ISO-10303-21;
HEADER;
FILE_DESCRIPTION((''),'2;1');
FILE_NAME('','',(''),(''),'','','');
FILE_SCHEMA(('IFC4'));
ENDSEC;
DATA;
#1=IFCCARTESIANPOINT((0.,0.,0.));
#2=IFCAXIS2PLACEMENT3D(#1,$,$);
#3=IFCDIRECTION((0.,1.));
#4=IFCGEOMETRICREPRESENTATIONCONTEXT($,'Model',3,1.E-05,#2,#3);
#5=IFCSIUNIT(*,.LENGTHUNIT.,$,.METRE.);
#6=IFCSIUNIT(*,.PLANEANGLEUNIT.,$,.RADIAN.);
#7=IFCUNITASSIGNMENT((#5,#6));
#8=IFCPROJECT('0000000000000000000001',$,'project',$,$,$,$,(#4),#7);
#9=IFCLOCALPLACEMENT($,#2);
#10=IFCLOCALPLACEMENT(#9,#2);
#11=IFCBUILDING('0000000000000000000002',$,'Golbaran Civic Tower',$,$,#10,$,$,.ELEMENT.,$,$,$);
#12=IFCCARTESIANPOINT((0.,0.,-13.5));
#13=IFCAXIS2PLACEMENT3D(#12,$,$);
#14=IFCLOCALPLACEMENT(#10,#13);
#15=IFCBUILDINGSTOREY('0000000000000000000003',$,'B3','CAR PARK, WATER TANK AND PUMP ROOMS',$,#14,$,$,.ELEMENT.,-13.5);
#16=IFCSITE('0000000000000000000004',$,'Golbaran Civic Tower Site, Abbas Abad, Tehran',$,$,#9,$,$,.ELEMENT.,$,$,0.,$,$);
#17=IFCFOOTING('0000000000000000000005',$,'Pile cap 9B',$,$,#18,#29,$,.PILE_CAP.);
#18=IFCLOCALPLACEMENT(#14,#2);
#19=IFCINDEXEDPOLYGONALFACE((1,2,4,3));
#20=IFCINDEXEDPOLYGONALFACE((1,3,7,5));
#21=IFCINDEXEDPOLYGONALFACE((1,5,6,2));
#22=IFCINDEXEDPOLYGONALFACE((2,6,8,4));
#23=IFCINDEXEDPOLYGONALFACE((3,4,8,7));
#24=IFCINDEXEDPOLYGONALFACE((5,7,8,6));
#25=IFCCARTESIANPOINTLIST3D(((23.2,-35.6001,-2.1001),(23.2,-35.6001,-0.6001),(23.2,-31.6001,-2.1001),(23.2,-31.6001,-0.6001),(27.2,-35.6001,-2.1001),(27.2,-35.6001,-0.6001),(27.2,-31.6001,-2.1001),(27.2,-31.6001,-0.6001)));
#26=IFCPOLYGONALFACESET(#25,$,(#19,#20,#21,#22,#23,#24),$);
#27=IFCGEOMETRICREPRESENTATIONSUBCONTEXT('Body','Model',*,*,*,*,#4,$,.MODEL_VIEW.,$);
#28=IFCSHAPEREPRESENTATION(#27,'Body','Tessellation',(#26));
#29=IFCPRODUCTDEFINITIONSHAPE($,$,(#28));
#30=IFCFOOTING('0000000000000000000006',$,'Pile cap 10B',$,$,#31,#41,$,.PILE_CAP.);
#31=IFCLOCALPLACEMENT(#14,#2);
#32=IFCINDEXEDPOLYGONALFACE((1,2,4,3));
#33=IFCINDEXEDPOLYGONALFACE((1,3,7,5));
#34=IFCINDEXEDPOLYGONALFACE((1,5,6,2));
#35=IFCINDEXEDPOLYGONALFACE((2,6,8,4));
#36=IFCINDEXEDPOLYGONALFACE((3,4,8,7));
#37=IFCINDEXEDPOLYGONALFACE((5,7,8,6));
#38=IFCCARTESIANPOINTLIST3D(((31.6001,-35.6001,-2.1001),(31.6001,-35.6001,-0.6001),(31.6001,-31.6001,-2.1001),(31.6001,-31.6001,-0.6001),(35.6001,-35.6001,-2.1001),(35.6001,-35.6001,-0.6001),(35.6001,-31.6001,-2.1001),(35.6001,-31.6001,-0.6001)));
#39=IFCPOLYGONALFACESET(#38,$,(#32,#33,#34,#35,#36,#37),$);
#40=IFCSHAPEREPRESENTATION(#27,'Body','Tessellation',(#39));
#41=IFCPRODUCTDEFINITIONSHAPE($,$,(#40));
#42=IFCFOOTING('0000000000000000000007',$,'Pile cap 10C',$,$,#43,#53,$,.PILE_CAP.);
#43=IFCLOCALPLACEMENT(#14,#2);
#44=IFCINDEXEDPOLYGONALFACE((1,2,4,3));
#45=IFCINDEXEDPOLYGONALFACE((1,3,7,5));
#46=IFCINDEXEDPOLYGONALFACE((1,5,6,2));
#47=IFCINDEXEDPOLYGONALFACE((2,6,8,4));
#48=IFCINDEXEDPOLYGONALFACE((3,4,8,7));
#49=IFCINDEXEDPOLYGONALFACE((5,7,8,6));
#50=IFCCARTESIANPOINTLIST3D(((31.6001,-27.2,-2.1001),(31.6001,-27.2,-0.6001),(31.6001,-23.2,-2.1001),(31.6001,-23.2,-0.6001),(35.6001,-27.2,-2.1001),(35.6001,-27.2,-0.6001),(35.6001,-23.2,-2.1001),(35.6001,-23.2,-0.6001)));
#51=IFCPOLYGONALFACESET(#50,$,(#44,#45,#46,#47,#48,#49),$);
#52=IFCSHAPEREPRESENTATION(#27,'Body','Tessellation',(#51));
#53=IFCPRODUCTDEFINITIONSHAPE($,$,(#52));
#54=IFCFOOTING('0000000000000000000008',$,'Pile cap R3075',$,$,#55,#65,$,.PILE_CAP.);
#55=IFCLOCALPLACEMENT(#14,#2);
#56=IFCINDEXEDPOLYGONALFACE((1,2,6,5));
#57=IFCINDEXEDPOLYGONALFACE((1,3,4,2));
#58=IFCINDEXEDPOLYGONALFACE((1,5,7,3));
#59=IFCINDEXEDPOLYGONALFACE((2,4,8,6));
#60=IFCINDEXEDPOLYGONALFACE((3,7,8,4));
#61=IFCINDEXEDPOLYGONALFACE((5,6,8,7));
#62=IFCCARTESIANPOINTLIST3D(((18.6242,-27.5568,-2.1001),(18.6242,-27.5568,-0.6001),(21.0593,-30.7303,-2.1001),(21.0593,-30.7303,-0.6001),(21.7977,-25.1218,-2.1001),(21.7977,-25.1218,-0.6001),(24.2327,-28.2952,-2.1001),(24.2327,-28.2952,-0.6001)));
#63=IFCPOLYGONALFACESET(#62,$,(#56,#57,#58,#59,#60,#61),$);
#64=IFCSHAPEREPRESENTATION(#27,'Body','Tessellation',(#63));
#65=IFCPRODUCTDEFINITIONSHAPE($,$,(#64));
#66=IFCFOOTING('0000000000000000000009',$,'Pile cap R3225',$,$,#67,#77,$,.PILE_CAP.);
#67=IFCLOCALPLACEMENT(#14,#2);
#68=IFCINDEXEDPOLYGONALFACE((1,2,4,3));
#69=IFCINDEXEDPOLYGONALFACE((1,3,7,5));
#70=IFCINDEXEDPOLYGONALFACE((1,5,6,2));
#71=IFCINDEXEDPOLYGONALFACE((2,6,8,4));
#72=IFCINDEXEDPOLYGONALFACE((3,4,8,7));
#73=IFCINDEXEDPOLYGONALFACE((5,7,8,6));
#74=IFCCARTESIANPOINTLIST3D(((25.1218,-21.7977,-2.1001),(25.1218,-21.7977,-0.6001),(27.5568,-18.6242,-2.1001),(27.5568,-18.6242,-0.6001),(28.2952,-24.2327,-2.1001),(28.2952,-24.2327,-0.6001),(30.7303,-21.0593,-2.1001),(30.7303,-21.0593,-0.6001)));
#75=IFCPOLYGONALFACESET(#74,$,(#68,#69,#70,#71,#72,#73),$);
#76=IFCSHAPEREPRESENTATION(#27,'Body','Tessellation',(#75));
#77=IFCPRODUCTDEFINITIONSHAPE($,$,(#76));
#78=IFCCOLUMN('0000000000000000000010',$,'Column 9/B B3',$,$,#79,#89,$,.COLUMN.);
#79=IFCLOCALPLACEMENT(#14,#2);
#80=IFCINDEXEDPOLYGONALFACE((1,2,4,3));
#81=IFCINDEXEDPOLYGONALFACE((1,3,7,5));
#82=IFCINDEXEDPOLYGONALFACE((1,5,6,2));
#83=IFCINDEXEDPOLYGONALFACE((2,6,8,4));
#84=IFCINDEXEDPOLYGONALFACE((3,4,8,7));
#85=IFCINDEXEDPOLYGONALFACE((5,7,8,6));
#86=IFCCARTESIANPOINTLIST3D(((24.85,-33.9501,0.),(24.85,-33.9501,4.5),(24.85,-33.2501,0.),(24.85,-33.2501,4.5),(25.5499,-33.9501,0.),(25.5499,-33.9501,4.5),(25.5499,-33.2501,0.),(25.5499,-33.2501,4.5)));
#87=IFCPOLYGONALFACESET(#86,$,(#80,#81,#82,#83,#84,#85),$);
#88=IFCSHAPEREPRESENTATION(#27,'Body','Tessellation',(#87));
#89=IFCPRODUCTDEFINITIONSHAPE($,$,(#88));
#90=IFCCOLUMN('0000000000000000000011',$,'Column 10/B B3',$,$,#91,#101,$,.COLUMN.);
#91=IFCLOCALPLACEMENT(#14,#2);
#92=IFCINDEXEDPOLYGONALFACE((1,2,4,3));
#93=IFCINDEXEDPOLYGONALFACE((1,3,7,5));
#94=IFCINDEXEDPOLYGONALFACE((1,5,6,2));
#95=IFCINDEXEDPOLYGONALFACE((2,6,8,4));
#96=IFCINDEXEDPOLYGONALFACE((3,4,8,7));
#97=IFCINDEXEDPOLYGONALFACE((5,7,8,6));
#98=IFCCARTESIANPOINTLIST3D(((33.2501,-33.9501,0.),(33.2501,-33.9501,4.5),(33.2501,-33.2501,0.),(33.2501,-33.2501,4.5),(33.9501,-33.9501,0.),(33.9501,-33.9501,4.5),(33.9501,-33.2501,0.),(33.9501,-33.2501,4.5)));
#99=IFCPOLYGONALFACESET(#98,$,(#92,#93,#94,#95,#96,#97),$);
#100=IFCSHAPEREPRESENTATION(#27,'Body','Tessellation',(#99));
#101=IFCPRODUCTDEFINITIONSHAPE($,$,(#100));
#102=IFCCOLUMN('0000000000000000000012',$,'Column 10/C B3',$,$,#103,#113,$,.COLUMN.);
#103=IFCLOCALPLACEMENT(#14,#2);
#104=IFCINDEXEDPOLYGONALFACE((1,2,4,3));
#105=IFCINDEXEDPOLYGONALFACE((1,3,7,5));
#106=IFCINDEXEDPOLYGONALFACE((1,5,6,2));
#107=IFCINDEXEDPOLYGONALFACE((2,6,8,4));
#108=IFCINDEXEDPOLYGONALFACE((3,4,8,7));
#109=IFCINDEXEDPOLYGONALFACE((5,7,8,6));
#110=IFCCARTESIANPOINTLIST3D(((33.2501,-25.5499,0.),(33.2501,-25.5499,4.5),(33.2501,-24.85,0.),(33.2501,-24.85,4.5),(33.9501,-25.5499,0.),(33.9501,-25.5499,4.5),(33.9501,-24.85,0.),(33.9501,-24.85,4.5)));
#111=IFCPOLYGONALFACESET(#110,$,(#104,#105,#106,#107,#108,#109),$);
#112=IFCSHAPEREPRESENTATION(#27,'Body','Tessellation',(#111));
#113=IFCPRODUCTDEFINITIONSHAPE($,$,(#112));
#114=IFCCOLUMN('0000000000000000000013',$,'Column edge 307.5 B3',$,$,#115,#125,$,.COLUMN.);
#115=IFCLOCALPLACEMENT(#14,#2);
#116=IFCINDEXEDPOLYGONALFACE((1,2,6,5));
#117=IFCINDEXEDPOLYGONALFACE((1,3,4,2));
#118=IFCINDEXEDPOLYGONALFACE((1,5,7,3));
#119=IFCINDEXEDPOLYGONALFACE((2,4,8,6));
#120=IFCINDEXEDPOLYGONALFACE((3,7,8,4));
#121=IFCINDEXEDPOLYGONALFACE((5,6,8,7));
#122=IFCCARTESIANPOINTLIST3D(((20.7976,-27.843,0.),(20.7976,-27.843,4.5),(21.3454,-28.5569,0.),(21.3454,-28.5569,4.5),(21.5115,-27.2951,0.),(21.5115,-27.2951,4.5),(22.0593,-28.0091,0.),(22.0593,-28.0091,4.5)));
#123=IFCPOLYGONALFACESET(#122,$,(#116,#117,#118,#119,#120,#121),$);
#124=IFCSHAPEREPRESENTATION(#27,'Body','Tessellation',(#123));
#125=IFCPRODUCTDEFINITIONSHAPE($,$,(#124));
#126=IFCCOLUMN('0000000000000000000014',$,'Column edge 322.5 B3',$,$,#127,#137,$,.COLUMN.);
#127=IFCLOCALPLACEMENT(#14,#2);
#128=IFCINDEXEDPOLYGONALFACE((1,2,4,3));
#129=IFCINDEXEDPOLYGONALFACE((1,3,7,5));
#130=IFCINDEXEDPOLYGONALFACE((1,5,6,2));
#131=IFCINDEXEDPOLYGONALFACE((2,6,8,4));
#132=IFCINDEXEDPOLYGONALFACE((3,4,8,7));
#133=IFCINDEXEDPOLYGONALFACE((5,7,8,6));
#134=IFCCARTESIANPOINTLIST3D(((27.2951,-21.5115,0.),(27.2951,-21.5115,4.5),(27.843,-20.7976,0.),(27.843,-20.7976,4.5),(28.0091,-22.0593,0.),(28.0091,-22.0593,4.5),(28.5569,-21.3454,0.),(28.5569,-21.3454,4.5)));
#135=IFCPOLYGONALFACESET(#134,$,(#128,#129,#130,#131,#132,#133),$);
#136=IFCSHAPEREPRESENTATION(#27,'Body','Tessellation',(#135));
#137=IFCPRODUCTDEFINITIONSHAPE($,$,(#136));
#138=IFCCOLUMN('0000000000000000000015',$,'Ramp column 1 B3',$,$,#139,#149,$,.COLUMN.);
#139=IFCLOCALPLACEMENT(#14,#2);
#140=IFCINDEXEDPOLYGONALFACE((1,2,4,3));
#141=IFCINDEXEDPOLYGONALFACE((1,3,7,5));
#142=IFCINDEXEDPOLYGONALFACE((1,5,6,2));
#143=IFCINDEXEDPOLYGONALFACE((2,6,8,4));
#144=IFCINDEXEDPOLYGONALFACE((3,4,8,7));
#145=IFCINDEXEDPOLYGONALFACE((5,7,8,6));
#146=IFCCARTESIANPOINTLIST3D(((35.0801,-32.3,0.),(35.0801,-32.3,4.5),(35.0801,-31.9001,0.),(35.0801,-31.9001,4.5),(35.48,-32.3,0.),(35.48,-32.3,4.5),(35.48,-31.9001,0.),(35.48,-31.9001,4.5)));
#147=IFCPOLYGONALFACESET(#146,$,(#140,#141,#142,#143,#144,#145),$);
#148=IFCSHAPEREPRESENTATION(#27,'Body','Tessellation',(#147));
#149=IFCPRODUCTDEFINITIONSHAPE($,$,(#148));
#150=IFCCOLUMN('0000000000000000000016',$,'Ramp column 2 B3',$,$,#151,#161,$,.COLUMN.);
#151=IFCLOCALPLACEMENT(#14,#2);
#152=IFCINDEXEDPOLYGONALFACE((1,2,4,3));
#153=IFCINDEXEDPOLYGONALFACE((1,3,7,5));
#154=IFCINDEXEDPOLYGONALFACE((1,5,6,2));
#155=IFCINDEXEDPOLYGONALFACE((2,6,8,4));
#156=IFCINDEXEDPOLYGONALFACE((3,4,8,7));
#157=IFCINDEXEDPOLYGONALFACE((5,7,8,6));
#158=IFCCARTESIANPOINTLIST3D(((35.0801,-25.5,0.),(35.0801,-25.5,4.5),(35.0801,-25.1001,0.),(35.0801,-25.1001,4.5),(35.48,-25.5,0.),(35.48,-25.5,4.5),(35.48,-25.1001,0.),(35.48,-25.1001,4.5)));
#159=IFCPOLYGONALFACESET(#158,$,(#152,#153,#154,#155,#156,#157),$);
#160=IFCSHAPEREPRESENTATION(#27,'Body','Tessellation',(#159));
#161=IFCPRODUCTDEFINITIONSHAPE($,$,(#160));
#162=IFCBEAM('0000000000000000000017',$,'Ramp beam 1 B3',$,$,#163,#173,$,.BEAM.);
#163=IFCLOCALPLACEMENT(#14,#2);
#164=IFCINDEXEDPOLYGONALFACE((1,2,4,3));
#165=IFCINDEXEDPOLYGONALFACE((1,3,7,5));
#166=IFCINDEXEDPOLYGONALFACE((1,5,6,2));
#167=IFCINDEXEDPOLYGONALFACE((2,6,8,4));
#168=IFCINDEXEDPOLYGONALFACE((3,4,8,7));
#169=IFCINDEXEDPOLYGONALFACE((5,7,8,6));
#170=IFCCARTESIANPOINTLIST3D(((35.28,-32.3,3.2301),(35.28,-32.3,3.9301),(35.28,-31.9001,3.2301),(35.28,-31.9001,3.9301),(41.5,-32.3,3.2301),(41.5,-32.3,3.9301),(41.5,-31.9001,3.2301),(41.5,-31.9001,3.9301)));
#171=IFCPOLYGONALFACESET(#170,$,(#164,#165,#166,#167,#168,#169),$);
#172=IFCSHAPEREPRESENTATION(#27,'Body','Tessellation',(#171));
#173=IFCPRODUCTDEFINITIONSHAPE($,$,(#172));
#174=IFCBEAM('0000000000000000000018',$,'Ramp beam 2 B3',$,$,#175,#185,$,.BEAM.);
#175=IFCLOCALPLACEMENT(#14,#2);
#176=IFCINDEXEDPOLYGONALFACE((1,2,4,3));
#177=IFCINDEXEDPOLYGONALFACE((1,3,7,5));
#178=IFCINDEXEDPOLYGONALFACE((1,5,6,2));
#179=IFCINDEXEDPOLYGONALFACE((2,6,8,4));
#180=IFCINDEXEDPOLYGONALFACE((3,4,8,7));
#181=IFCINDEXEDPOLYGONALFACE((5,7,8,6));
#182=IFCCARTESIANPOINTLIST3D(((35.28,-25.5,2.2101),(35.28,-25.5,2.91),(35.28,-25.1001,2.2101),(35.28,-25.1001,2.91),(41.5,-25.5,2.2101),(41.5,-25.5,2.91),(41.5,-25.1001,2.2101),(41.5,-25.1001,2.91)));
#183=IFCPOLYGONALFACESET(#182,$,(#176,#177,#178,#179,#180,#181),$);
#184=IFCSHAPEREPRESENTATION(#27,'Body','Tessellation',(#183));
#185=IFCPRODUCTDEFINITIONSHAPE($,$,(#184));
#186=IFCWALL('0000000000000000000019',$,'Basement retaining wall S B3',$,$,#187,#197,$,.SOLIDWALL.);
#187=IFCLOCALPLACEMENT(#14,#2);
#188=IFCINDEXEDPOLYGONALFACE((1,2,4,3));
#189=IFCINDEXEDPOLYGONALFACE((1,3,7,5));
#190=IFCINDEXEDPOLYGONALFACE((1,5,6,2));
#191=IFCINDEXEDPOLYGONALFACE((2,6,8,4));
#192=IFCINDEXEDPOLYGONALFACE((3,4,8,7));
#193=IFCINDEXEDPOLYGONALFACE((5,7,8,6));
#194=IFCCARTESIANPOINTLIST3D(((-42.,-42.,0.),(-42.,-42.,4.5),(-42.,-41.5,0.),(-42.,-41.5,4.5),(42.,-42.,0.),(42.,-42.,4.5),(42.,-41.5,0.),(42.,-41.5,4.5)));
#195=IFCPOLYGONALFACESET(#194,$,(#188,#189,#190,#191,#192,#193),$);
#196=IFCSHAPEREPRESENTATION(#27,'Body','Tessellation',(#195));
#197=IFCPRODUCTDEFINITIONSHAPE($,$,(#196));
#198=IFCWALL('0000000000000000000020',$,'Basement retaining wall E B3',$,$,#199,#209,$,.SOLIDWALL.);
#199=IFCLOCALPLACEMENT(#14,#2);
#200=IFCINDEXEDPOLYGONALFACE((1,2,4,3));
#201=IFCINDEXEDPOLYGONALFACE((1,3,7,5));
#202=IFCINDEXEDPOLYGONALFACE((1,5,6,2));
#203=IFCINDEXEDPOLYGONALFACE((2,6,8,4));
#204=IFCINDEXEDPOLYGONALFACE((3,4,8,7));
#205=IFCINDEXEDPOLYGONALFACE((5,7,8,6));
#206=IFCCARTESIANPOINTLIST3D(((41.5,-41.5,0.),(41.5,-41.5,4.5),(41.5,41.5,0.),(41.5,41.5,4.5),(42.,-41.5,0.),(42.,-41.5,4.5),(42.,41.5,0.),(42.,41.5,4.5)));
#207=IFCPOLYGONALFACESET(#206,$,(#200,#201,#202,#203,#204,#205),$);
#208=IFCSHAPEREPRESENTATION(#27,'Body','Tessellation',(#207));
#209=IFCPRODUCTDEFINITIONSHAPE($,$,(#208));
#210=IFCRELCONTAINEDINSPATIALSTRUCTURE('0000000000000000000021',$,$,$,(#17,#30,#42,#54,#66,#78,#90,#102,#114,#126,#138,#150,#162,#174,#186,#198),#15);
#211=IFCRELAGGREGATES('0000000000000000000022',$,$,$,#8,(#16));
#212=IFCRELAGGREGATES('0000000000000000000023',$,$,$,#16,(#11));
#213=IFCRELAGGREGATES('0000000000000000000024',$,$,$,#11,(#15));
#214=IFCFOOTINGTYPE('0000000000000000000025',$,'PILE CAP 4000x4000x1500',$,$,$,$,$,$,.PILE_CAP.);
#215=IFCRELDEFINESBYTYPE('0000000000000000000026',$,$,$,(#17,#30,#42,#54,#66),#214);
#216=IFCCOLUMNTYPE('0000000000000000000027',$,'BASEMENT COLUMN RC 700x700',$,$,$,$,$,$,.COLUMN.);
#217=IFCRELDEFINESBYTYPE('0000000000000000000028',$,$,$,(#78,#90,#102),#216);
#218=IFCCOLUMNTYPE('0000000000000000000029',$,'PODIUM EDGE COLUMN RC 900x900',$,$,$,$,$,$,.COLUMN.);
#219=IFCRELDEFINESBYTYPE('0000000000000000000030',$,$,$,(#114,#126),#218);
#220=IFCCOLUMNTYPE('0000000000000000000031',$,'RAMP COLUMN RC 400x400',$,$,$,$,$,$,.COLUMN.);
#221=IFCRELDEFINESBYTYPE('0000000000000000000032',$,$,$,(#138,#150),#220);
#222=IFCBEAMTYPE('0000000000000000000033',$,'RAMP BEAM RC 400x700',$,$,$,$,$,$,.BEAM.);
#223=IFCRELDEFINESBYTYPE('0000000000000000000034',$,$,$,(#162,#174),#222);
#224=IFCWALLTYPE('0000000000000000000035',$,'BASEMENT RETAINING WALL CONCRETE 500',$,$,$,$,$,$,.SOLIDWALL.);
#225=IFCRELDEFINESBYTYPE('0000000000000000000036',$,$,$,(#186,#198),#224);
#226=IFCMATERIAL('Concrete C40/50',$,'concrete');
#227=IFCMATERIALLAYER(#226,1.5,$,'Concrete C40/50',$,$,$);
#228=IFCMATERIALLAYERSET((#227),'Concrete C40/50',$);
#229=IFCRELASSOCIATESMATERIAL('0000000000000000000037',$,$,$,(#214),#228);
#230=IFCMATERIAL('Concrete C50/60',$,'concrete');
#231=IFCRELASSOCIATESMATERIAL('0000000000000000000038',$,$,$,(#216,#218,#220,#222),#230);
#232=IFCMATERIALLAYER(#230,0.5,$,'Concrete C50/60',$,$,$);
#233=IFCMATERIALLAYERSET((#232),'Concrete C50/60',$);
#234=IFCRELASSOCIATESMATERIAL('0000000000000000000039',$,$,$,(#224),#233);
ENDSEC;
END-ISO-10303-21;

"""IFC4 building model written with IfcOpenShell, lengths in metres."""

from ifc_helpers import new_model, si_unit, direction, frame, frame_2d, origin, origin_2d, place, context, subcontext, project, spatial, rectangle, extrude, material, layer, layer_set, material_profile, profile_set, type_object, element, save


model = new_model("IFC4")

# Units and contexts
model_context = context("Model", 3, precision=1e-05, world=origin(), true_north=direction((0.0, 1.0)))
body_context = subcontext(model_context, "Body", "Model", "MODEL_VIEW")
ifc_project = project(units=[si_unit("LENGTHUNIT", "METRE"), si_unit("PLANEANGLEUNIT", "RADIAN")], contexts=[model_context])

# Site, building, storey
site_placement = place(None, origin())
site = spatial("IfcSite", under=ifc_project, at=site_placement, Name="Golbaran Civic Tower Site, Abbas Abad, Tehran", CompositionType="ELEMENT", RefElevation=0.0)
building_placement = place(site_placement, origin())
building = spatial("IfcBuilding", under=site, at=building_placement, Name="Golbaran Civic Tower", CompositionType="ELEMENT")
storey_placement = place(building_placement, frame((0.0, 0.0, -13.5)))
storey = spatial("IfcBuildingStorey", under=building, at=storey_placement, Name="B3", Description="CAR PARK, WATER TANK AND PUMP ROOMS", CompositionType="ELEMENT", Elevation=-13.5)

# Footings
ifc_material_1 = material(Name="Concrete C40/50", Category="concrete")
ifc_layer_1 = layer(ifc_material_1, 1.5, Name="Concrete C40/50")
ifc_layer_set_1 = layer_set([ifc_layer_1], Name="Concrete C40/50")
footing_type = type_object("IfcFootingType", Name="PILE CAP 4000x4000x1500", PredefinedType="PILE_CAP", material=ifc_layer_set_1)
for number, where, z_axis, x_axis, name in (
    (1, (25.2, -33.6001, -2.1001), (0.0, 0.0, 1.0), (1.0, 0.0, 0.0), "Pile cap 9B"),
    (2, (33.6001, -33.6001, -2.1001), (0.0, 0.0, 1.0), (1.0, 0.0, 0.0), "Pile cap 10B"),
    (3, (33.6001, -25.2, -2.1001), (0.0, 0.0, 1.0), (1.0, 0.0, 0.0), "Pile cap 10C"),
    (4, (21.4285, -27.926, -2.1001), (0.0, 0.0, 1.0), (0.608761, -0.793353, 0.0), "Pile cap R3075"),
    (5, (27.926, -21.4285, -2.1001), (0.0, 0.0, 1.0), (0.793353, -0.608761, 0.0), "Pile cap R3225"),
):
    element("IfcFooting", number, at=place(storey_placement, frame(where, z_axis=z_axis, x_axis=x_axis)), inside=storey, type_object=footing_type, Name=name, PredefinedType="PILE_CAP", context=body_context, shape_type="SweptSolid", body=[
        extrude(rectangle(XDim=4.0, YDim=4.0, at=origin_2d()), origin(), (0.0, 0.0, 1.0), 1.5),
    ])

# Columns
ifc_material_2 = material(Name="Concrete C50/60", Category="concrete")
ifc_material_profile_1 = material_profile(ifc_material_2, rectangle(XDim=0.7, YDim=0.7, at=origin_2d()), Name="RC 700x700")
ifc_profile_set_1 = profile_set([ifc_material_profile_1], Name="Concrete C50/60")
column_type_1 = type_object("IfcColumnType", Name="BASEMENT COLUMN RC 700x700", PredefinedType="COLUMN", material=ifc_profile_set_1)
for number, where, z_axis, x_axis, name in (
    (6, (25.2, -33.6001, 0.0), (0.0, 0.0, 1.0), (1.0, 0.0, 0.0), "Column 9/B B3"),
    (7, (33.6001, -33.6001, 0.0), (0.0, 0.0, 1.0), (1.0, 0.0, 0.0), "Column 10/B B3"),
    (8, (33.6001, -25.2, 0.0), (0.0, 0.0, 1.0), (1.0, 0.0, 0.0), "Column 10/C B3"),
):
    element("IfcColumn", number, at=place(storey_placement, frame(where, z_axis=z_axis, x_axis=x_axis)), inside=storey, type_object=column_type_1, Name=name, PredefinedType="COLUMN", context=body_context, shape_type="SweptSolid", body=[
        extrude(rectangle(XDim=0.7, YDim=0.7, at=origin_2d()), origin(), (0.0, 0.0, 1.0), 4.5),
    ])
ifc_material_profile_2 = material_profile(ifc_material_2, rectangle(XDim=0.8999, YDim=0.8999, at=origin_2d()), Name="RC 900x900")
ifc_profile_set_2 = profile_set([ifc_material_profile_2], Name="Concrete C50/60")
column_type_2 = type_object("IfcColumnType", Name="PODIUM EDGE COLUMN RC 900x900", PredefinedType="COLUMN", material=ifc_profile_set_2)
for number, where, z_axis, x_axis, name in (
    (9, (21.4285, -27.926, 0.0), (0.0, 0.0, 1.0), (0.608761, -0.793353, 0.0), "Column edge 307.5 B3"),
    (10, (27.926, -21.4285, 0.0), (0.0, 0.0, 1.0), (0.793353, -0.608761, 0.0), "Column edge 322.5 B3"),
):
    element("IfcColumn", number, at=place(storey_placement, frame(where, z_axis=z_axis, x_axis=x_axis)), inside=storey, type_object=column_type_2, Name=name, PredefinedType="COLUMN", context=body_context, shape_type="SweptSolid", body=[
        extrude(rectangle(XDim=0.8999, YDim=0.8999, at=origin_2d()), origin(), (0.0, 0.0, 1.0), 4.5),
    ])
ifc_material_profile_3 = material_profile(ifc_material_2, rectangle(XDim=0.3999, YDim=0.3999, at=origin_2d()), Name="RC 400x400")
ifc_profile_set_3 = profile_set([ifc_material_profile_3], Name="Concrete C50/60")
column_type_3 = type_object("IfcColumnType", Name="RAMP COLUMN RC 400x400", PredefinedType="COLUMN", material=ifc_profile_set_3)
for number, where, z_axis, x_axis, name in (
    (11, (35.28, -32.1001, 0.0), (0.0, 0.0, 1.0), (1.0, 0.0, 0.0), "Ramp column 1 B3"),
    (12, (35.28, -25.3, 0.0), (0.0, 0.0, 1.0), (1.0, 0.0, 0.0), "Ramp column 2 B3"),
):
    element("IfcColumn", number, at=place(storey_placement, frame(where, z_axis=z_axis, x_axis=x_axis)), inside=storey, type_object=column_type_3, Name=name, PredefinedType="COLUMN", context=body_context, shape_type="SweptSolid", body=[
        extrude(rectangle(XDim=0.3999, YDim=0.3999, at=origin_2d()), origin(), (0.0, 0.0, 1.0), 4.5),
    ])

# Beams
ifc_material_profile_4 = material_profile(ifc_material_2, rectangle(XDim=0.3999, YDim=0.7, at=origin_2d()), Name="RC 400x700")
ifc_profile_set_4 = profile_set([ifc_material_profile_4], Name="Concrete C50/60")
beam_type = type_object("IfcBeamType", Name="RAMP BEAM RC 400x700", PredefinedType="BEAM", material=ifc_profile_set_4)
for number, where, z_axis, x_axis, name in (
    (13, (35.28, -32.1001, 3.5801), (1.0, 0.0, 0.0), (0.0, 1.0, 0.0), "Ramp beam 1 B3"),
    (14, (35.28, -25.3, 2.5601), (1.0, 0.0, 0.0), (0.0, 1.0, 0.0), "Ramp beam 2 B3"),
):
    element("IfcBeam", number, at=place(storey_placement, frame(where, z_axis=z_axis, x_axis=x_axis)), inside=storey, type_object=beam_type, Name=name, PredefinedType="BEAM", context=body_context, shape_type="SweptSolid", body=[
        extrude(rectangle(XDim=0.3999, YDim=0.7, at=origin_2d()), origin(), (0.0, 0.0, 1.0), 6.22),
    ])

# Walls
ifc_layer_2 = layer(ifc_material_2, 0.5, Name="Concrete C50/60")
ifc_layer_set_2 = layer_set([ifc_layer_2], Name="Concrete C50/60")
wall_type = type_object("IfcWallType", Name="BASEMENT RETAINING WALL CONCRETE 500", PredefinedType="SOLIDWALL", material=ifc_layer_set_2)
wall_1_placement = place(storey_placement, frame((42.0, -41.75, 0.0), z_axis=(0.0, 0.0, 1.0), x_axis=(-1.0, 0.0, 0.0)))
element("IfcWall", 15, at=wall_1_placement, inside=storey, type_object=wall_type, Name="Basement retaining wall S B3", PredefinedType="SOLIDWALL", context=body_context, shape_type="SweptSolid", body=[
    extrude(rectangle(XDim=84.0, YDim=0.5, at=frame_2d((42.0, 0.0))), origin(), (0.0, 0.0, 1.0), 4.5),
])
wall_2_placement = place(storey_placement, frame((41.75, -41.5, 0.0), z_axis=(0.0, 0.0, 1.0), x_axis=(0.0, 1.0, 0.0)))
element("IfcWall", 16, at=wall_2_placement, inside=storey, type_object=wall_type, Name="Basement retaining wall E B3", PredefinedType="SOLIDWALL", context=body_context, shape_type="SweptSolid", body=[
    extrude(rectangle(XDim=83.0, YDim=0.5, at=frame_2d((41.5, 0.0))), origin(), (0.0, 0.0, 1.0), 4.5),
])

save(model, "model.ifc")
